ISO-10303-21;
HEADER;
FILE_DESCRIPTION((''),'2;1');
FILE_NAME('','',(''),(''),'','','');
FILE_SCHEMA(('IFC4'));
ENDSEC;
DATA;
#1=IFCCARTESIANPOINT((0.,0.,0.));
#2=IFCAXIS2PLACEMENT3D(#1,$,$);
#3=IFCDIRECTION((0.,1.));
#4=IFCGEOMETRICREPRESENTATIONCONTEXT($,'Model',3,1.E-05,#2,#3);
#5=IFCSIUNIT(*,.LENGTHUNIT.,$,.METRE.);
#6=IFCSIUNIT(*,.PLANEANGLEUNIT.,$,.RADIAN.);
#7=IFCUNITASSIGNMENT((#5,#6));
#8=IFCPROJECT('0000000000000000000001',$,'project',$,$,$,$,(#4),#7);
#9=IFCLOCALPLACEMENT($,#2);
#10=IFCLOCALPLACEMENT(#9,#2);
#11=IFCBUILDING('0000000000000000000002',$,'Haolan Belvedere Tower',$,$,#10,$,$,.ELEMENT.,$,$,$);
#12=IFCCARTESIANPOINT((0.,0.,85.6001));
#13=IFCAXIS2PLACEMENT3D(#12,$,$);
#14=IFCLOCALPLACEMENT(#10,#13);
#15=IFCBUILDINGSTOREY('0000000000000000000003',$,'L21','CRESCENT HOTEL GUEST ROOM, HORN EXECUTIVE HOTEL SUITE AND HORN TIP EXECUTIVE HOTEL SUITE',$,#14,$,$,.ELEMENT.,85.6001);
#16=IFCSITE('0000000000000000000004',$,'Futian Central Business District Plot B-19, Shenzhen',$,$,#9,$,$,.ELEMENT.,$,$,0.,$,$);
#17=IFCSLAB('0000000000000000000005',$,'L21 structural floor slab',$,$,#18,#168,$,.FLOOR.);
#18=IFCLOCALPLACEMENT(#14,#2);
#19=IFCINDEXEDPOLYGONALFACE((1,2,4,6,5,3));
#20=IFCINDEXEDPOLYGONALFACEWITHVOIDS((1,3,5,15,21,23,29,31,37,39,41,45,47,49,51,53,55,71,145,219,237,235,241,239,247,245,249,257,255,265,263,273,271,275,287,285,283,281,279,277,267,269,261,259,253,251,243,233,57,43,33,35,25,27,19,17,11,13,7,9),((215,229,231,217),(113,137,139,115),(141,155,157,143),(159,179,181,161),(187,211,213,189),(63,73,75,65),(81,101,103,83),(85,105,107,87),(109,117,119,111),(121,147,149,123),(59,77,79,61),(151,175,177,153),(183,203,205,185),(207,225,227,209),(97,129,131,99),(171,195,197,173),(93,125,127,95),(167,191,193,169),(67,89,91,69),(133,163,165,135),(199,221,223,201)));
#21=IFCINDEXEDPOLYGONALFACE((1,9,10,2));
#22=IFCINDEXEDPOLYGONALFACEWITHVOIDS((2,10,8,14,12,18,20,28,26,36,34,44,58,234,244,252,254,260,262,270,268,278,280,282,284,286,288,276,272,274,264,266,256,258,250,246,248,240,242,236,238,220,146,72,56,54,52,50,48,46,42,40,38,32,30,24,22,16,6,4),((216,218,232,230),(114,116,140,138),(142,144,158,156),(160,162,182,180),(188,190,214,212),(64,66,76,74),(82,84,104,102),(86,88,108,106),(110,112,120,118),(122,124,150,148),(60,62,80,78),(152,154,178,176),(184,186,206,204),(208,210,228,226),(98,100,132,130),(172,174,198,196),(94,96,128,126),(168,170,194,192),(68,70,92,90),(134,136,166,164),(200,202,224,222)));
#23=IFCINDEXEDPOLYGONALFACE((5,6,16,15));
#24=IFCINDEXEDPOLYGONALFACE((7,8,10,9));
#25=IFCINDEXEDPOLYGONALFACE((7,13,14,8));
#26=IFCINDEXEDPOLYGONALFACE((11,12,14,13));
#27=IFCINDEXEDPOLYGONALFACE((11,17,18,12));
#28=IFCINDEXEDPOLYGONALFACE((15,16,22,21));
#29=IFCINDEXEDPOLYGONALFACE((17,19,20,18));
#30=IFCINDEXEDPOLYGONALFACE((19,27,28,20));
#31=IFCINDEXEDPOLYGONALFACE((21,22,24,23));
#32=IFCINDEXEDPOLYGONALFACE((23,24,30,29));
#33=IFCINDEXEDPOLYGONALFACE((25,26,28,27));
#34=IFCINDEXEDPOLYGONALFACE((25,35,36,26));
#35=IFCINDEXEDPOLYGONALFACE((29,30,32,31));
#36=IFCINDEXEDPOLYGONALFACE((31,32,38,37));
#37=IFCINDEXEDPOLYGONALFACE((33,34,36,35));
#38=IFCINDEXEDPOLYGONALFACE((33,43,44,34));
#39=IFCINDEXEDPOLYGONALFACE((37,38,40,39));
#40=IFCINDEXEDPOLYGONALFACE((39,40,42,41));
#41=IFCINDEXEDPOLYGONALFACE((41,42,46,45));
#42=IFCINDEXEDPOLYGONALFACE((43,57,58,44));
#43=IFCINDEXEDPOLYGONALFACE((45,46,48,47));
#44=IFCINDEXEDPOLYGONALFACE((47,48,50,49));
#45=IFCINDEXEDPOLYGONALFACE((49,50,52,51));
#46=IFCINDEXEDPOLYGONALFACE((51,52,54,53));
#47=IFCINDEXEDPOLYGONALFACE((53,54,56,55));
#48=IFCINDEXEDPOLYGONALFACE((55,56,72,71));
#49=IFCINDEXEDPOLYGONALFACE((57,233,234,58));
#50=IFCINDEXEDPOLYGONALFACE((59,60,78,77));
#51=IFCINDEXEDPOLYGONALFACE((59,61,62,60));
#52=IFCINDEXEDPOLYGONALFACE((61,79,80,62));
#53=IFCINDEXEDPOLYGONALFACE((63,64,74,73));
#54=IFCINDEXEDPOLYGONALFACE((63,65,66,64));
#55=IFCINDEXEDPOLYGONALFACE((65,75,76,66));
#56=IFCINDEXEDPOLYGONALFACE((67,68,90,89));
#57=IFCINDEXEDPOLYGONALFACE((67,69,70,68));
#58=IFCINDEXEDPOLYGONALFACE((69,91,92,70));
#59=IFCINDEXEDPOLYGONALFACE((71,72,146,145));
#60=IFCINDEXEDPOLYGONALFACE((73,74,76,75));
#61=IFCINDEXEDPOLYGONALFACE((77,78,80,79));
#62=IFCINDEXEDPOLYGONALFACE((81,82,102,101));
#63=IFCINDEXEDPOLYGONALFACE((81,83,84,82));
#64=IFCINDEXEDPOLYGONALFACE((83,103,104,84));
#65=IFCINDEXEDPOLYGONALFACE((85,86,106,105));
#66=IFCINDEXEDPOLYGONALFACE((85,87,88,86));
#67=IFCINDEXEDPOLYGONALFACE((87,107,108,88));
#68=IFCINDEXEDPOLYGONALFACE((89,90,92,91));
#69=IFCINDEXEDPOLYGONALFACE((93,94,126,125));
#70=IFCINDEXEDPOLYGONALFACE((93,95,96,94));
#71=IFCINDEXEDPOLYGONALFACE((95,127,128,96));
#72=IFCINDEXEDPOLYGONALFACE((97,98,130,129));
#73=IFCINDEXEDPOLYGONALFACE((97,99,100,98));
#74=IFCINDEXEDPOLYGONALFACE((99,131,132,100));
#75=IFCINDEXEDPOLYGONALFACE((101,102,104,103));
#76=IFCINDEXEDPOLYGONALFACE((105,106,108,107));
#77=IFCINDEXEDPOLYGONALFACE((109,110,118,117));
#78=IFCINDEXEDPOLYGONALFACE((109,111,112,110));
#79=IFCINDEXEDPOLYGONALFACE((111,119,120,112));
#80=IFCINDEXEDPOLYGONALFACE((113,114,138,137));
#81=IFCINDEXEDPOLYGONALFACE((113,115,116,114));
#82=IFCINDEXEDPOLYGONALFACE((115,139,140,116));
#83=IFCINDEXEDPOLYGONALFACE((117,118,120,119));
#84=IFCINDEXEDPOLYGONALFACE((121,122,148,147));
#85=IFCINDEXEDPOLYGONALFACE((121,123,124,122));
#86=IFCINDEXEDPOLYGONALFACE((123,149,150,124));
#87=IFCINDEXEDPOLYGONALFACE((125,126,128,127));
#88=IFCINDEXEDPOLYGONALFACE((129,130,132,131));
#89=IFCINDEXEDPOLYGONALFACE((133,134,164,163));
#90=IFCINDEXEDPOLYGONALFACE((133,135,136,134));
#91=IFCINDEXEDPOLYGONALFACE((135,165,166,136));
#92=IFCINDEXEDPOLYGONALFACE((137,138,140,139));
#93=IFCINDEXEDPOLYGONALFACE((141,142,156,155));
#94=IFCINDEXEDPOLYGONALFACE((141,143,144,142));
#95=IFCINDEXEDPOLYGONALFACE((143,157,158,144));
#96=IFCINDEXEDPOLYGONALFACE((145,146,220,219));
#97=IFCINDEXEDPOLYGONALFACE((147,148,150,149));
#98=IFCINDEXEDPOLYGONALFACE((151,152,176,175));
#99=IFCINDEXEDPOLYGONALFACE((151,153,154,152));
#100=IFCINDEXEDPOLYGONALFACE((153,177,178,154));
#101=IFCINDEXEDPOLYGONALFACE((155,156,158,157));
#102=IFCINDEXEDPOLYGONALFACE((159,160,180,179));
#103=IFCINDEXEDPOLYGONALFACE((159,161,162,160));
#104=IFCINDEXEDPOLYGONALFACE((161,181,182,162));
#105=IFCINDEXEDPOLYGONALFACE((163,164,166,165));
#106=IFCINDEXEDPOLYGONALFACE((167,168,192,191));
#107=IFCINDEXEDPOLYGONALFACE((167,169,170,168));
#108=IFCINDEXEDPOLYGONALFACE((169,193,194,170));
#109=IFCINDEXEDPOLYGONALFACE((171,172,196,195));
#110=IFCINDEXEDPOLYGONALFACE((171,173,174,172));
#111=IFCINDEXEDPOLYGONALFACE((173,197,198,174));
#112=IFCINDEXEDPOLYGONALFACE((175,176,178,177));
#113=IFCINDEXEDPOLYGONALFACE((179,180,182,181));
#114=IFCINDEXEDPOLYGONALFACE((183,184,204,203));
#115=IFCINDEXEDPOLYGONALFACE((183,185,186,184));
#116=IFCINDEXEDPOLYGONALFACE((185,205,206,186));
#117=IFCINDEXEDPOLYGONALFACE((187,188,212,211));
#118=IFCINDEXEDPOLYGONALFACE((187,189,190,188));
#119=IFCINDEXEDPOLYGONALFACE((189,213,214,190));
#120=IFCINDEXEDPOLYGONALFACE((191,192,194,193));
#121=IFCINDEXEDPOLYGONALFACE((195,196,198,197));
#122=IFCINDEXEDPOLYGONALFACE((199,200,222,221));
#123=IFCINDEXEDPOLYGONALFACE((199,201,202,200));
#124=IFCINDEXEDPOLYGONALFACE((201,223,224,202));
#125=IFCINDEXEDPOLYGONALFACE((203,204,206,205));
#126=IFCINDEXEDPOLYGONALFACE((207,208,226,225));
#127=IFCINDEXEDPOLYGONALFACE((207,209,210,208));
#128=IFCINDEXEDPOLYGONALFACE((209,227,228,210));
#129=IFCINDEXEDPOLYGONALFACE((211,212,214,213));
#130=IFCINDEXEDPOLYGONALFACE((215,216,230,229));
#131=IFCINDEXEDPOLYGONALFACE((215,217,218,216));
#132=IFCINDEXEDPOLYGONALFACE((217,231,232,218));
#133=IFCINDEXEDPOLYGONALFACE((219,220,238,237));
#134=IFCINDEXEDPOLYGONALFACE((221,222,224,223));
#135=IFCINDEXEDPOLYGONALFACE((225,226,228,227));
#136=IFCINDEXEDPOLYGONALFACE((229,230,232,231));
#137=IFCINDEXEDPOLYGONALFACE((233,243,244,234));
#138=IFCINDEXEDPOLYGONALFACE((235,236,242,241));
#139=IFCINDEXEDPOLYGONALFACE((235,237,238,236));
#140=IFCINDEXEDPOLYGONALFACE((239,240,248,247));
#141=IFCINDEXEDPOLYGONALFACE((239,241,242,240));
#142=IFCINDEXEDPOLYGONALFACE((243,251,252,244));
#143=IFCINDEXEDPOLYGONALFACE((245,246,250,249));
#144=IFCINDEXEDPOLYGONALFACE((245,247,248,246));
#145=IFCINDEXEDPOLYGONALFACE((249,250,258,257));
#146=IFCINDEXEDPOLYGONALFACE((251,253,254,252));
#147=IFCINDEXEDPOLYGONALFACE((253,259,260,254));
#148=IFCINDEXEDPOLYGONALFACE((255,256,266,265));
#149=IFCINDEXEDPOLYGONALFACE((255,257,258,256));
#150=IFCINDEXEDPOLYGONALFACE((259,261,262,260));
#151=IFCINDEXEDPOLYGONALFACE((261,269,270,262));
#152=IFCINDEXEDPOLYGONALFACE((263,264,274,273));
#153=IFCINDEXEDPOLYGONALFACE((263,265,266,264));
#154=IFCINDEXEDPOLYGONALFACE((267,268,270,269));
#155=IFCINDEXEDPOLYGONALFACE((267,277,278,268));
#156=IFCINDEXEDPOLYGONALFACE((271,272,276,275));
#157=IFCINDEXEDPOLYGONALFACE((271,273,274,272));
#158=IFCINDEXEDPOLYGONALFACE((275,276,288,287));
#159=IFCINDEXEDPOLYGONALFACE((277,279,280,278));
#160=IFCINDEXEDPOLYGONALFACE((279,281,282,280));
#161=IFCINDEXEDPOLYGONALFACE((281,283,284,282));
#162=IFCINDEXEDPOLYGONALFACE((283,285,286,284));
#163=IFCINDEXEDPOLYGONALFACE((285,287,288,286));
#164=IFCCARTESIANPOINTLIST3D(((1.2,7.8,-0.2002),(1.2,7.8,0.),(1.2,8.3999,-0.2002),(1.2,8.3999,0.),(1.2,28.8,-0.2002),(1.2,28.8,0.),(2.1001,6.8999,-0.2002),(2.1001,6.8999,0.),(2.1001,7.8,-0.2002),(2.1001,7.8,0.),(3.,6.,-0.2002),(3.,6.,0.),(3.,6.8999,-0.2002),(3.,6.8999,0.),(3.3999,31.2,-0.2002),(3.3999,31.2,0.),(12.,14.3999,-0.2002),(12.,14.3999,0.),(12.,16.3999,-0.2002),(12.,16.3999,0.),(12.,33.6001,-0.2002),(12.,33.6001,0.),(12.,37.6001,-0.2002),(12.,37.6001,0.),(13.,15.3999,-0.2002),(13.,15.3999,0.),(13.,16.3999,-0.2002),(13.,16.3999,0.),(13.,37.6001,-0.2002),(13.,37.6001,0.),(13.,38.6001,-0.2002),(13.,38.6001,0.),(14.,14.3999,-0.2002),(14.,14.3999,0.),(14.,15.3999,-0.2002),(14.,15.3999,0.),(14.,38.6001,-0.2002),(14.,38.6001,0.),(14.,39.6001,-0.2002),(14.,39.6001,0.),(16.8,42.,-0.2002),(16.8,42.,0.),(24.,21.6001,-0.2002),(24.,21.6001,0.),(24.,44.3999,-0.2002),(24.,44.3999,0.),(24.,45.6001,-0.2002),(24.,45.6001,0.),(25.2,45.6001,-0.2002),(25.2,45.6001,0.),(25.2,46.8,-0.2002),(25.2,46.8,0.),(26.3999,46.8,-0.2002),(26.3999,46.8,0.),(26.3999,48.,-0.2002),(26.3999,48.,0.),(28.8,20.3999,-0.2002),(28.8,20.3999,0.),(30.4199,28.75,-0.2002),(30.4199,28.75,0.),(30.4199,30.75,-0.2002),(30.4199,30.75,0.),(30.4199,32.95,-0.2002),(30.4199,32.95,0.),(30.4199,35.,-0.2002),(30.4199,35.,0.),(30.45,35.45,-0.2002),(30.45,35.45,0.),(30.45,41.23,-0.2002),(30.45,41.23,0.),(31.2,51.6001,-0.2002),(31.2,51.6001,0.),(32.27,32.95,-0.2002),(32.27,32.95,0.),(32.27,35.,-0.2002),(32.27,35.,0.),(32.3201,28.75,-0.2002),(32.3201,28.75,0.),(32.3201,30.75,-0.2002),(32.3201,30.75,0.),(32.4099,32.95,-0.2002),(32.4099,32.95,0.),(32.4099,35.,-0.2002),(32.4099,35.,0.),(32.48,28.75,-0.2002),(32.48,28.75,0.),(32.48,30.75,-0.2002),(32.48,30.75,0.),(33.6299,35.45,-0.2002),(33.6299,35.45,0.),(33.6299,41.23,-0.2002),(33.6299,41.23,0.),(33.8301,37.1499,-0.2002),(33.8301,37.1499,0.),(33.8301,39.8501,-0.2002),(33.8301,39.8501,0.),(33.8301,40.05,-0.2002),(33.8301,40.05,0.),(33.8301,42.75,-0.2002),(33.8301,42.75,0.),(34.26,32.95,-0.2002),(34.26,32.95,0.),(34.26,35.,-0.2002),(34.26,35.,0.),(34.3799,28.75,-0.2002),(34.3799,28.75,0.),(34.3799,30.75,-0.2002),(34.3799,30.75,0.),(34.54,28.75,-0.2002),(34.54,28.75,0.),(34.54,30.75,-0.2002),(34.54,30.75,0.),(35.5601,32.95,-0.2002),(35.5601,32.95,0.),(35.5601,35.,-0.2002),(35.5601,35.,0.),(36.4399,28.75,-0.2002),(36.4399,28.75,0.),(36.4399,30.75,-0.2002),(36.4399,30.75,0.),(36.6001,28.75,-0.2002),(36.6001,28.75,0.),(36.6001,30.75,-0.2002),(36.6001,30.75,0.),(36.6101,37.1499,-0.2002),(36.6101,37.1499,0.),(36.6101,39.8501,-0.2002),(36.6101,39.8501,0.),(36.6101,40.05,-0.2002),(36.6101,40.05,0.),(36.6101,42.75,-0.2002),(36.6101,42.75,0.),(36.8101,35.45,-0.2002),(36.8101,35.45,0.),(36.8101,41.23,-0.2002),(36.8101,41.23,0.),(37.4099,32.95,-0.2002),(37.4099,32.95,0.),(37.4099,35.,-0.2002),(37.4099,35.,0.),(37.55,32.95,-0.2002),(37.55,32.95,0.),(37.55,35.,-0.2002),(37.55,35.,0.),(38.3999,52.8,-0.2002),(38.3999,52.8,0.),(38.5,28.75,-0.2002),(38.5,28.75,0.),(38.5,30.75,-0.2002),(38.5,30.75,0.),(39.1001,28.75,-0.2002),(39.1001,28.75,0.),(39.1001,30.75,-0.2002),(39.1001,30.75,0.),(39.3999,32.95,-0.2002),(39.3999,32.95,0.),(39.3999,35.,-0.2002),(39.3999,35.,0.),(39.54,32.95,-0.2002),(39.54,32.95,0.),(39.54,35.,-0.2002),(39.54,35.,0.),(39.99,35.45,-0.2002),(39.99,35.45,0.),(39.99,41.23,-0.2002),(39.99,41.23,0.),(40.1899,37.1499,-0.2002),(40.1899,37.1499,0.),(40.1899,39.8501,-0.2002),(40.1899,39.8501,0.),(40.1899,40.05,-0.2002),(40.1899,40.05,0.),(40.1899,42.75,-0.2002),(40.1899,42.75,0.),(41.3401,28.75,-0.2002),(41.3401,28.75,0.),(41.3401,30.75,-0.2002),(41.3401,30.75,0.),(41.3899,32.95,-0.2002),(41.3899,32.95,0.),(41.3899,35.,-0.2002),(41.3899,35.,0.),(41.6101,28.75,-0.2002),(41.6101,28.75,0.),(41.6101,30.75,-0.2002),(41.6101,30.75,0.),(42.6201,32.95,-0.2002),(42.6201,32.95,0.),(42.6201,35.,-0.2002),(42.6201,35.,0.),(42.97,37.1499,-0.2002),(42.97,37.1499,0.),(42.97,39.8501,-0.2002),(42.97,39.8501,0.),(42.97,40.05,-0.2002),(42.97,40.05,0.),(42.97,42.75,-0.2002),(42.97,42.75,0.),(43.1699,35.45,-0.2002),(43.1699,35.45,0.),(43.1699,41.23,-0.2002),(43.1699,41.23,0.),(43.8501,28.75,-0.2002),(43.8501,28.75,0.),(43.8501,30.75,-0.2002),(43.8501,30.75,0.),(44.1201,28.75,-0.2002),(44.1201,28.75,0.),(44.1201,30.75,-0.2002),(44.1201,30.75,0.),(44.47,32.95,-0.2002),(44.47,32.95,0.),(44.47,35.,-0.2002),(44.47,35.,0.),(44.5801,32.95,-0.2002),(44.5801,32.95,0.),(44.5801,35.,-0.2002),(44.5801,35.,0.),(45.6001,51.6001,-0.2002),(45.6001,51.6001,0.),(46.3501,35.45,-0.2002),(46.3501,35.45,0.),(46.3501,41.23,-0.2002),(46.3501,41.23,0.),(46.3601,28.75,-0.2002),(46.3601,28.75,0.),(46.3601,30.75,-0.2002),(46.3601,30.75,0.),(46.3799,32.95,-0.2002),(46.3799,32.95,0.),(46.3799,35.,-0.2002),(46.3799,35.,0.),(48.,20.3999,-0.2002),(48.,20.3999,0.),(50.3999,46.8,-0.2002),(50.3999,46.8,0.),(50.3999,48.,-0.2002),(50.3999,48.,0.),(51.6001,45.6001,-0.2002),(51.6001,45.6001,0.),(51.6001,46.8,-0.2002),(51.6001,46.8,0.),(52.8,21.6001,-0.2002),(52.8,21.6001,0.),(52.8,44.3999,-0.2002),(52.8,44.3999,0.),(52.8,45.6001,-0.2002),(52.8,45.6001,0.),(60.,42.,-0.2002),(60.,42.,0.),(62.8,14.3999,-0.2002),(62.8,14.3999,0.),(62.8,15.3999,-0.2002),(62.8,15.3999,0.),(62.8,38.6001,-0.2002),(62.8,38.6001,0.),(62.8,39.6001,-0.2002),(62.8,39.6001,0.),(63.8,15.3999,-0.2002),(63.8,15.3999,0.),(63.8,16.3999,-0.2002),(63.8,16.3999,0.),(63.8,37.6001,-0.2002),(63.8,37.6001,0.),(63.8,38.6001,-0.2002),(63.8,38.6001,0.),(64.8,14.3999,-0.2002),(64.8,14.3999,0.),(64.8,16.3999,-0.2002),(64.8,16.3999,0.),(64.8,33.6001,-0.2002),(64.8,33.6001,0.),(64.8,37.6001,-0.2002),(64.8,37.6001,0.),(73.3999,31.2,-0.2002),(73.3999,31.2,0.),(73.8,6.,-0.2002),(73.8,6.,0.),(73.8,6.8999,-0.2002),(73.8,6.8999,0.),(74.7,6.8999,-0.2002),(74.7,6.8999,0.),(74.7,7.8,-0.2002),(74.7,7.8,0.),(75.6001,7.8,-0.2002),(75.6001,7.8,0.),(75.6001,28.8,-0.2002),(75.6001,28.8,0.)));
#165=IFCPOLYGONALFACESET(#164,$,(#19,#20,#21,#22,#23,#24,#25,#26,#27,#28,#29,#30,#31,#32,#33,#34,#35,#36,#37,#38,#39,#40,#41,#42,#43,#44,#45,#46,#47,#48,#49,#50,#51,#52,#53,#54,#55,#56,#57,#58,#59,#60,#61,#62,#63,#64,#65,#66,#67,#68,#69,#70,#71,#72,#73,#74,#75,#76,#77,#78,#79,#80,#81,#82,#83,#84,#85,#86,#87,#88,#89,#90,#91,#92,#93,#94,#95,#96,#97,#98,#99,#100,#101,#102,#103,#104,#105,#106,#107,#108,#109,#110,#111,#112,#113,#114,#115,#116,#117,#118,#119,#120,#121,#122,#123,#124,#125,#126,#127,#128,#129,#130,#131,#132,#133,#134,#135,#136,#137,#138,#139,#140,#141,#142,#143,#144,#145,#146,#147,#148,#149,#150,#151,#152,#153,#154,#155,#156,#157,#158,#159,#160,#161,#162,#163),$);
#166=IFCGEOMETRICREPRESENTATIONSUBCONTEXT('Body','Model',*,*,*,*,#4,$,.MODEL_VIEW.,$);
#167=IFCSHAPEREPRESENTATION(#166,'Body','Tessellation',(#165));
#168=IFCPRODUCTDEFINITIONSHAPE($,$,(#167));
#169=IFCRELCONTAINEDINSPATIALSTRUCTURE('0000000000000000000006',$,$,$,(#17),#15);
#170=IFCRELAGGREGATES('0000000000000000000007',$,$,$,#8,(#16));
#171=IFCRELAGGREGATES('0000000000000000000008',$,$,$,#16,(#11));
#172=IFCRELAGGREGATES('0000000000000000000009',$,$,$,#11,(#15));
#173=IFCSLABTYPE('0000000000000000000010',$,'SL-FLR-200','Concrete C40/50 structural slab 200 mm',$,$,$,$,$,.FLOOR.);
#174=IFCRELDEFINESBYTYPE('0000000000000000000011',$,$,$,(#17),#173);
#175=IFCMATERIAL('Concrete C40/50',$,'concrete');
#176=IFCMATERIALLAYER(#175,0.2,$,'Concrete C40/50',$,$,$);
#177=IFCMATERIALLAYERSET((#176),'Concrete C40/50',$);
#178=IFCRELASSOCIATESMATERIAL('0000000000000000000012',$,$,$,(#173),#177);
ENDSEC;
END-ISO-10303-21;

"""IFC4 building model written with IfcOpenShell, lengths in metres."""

from ifc_helpers import new_model, si_unit, direction, frame, origin, place, context, subcontext, project, spatial, polyline, outline, extrude, material, layer, layer_set, type_object, element, save


model = new_model("IFC4")

# Units and contexts
model_context = context("Model", 3, precision=1e-05, world=origin(), true_north=direction((0.0, 1.0)))
body_context = subcontext(model_context, "Body", "Model", "MODEL_VIEW")
ifc_project = project(units=[si_unit("LENGTHUNIT", "METRE"), si_unit("PLANEANGLEUNIT", "RADIAN")], contexts=[model_context])

# Site, building, storey
site_placement = place(None, origin())
site = spatial("IfcSite", under=ifc_project, at=site_placement, Name="Futian Central Business District Plot B-19, Shenzhen", CompositionType="ELEMENT", RefElevation=0.0)
building_placement = place(site_placement, origin())
building = spatial("IfcBuilding", under=site, at=building_placement, Name="Haolan Belvedere Tower", CompositionType="ELEMENT")
storey_placement = place(building_placement, frame((0.0, 0.0, 85.6001)))
storey = spatial("IfcBuildingStorey", under=building, at=storey_placement, Name="L21", Description="CRESCENT HOTEL GUEST ROOM, HORN EXECUTIVE HOTEL SUITE AND HORN TIP EXECUTIVE HOTEL SUITE", CompositionType="ELEMENT", Elevation=85.6001)

# Slab
ifc_material_1 = material(Name="Concrete C40/50", Category="concrete")
ifc_layer_1 = layer(ifc_material_1, 0.2, Name="Concrete C40/50")
ifc_layer_set_1 = layer_set([ifc_layer_1], Name="Concrete C40/50")
slab_type_1 = type_object("IfcSlabType", Name="SL-FLR-200", Description="Concrete C40/50 structural slab 200 mm", PredefinedType="FLOOR", material=ifc_layer_set_1)
slab_1_placement = place(storey_placement, frame((0.0, 0.0, -0.2002)))
element("IfcSlab", 1, at=slab_1_placement, inside=storey, type_object=slab_type_1, Name="L21 structural floor slab", PredefinedType="FLOOR", context=body_context, shape_type="SweptSolid", body=[
    extrude(outline(polyline([(1.2, 28.8), (1.2, 8.3999), (1.2, 7.8), (2.1001, 7.8), (2.1001, 6.8999), (3.0, 6.8999), (3.0, 6.0), (12.0, 14.3999), (12.0, 16.3999), (13.0, 16.3999), (13.0, 15.3999), (14.0, 15.3999), (14.0, 14.3999), (24.0, 21.6001), (28.8, 20.3999), (48.0, 20.3999), (52.8, 21.6001), (62.8, 14.3999), (62.8, 15.3999), (63.8, 15.3999), (63.8, 16.3999), (64.8, 16.3999), (64.8, 14.3999), (73.8, 6.0), (73.8, 6.8999), (74.7, 6.8999), (74.7, 7.8), (75.6001, 7.8), (75.6001, 28.8), (73.3999, 31.2), (64.8, 33.6001), (64.8, 37.6001), (63.8, 37.6001), (63.8, 38.6001), (62.8, 38.6001), (62.8, 39.6001), (60.0, 42.0), (52.8, 44.3999), (52.8, 45.6001), (51.6001, 45.6001), (51.6001, 46.8), (50.3999, 46.8), (50.3999, 48.0), (45.6001, 51.6001), (38.3999, 52.8), (31.2, 51.6001), (26.3999, 48.0), (26.3999, 46.8), (25.2, 46.8), (25.2, 45.6001), (24.0, 45.6001), (24.0, 44.3999), (16.8, 42.0), (14.0, 39.6001), (14.0, 38.6001), (13.0, 38.6001), (13.0, 37.6001), (12.0, 37.6001), (12.0, 33.6001), (3.3999, 31.2), (1.2, 28.8)]), holes=[polyline([(30.45, 41.23), (30.45, 35.45), (33.6299, 35.45), (33.6299, 41.23), (30.45, 41.23)]), polyline([(36.8101, 41.23), (36.8101, 35.45), (39.99, 35.45), (39.99, 41.23), (36.8101, 41.23)]), polyline([(43.1699, 41.23), (43.1699, 35.45), (46.3501, 35.45), (46.3501, 41.23), (43.1699, 41.23)]), polyline([(33.8301, 40.05), (36.6101, 40.05), (36.6101, 42.75), (33.8301, 42.75), (33.8301, 40.05)]), polyline([(33.8301, 37.1499), (36.6101, 37.1499), (36.6101, 39.8501), (33.8301, 39.8501), (33.8301, 37.1499)]), polyline([(40.1899, 40.05), (42.97, 40.05), (42.97, 42.75), (40.1899, 42.75), (40.1899, 40.05)]), polyline([(40.1899, 37.1499), (42.97, 37.1499), (42.97, 39.8501), (40.1899, 39.8501), (40.1899, 37.1499)]), polyline([(30.4199, 32.95), (32.27, 32.95), (32.27, 35.0), (30.4199, 35.0), (30.4199, 32.95)]), polyline([(32.4099, 32.95), (34.26, 32.95), (34.26, 35.0), (32.4099, 35.0), (32.4099, 32.95)]), polyline([(35.5601, 32.95), (37.4099, 32.95), (37.4099, 35.0), (35.5601, 35.0), (35.5601, 32.95)]), polyline([(37.55, 32.95), (39.3999, 32.95), (39.3999, 35.0), (37.55, 35.0), (37.55, 32.95)]), polyline([(39.54, 32.95), (41.3899, 32.95), (41.3899, 35.0), (39.54, 35.0), (39.54, 32.95)]), polyline([(42.6201, 32.95), (44.47, 32.95), (44.47, 35.0), (42.6201, 35.0), (42.6201, 32.95)]), polyline([(44.5801, 32.95), (46.3799, 32.95), (46.3799, 35.0), (44.5801, 35.0), (44.5801, 32.95)]), polyline([(30.4199, 28.75), (32.3201, 28.75), (32.3201, 30.75), (30.4199, 30.75), (30.4199, 28.75)]), polyline([(32.48, 28.75), (34.3799, 28.75), (34.3799, 30.75), (32.48, 30.75), (32.48, 28.75)]), polyline([(34.54, 28.75), (36.4399, 28.75), (36.4399, 30.75), (34.54, 30.75), (34.54, 28.75)]), polyline([(36.6001, 28.75), (38.5, 28.75), (38.5, 30.75), (36.6001, 30.75), (36.6001, 28.75)]), polyline([(39.1001, 28.75), (41.3401, 28.75), (41.3401, 30.75), (39.1001, 30.75), (39.1001, 28.75)]), polyline([(41.6101, 28.75), (43.8501, 28.75), (43.8501, 30.75), (41.6101, 30.75), (41.6101, 28.75)]), polyline([(44.1201, 28.75), (46.3601, 28.75), (46.3601, 30.75), (44.1201, 30.75), (44.1201, 28.75)])]), origin(), (0.0, 0.0, 1.0), 0.2002),
])

save(model, "model.ifc")
